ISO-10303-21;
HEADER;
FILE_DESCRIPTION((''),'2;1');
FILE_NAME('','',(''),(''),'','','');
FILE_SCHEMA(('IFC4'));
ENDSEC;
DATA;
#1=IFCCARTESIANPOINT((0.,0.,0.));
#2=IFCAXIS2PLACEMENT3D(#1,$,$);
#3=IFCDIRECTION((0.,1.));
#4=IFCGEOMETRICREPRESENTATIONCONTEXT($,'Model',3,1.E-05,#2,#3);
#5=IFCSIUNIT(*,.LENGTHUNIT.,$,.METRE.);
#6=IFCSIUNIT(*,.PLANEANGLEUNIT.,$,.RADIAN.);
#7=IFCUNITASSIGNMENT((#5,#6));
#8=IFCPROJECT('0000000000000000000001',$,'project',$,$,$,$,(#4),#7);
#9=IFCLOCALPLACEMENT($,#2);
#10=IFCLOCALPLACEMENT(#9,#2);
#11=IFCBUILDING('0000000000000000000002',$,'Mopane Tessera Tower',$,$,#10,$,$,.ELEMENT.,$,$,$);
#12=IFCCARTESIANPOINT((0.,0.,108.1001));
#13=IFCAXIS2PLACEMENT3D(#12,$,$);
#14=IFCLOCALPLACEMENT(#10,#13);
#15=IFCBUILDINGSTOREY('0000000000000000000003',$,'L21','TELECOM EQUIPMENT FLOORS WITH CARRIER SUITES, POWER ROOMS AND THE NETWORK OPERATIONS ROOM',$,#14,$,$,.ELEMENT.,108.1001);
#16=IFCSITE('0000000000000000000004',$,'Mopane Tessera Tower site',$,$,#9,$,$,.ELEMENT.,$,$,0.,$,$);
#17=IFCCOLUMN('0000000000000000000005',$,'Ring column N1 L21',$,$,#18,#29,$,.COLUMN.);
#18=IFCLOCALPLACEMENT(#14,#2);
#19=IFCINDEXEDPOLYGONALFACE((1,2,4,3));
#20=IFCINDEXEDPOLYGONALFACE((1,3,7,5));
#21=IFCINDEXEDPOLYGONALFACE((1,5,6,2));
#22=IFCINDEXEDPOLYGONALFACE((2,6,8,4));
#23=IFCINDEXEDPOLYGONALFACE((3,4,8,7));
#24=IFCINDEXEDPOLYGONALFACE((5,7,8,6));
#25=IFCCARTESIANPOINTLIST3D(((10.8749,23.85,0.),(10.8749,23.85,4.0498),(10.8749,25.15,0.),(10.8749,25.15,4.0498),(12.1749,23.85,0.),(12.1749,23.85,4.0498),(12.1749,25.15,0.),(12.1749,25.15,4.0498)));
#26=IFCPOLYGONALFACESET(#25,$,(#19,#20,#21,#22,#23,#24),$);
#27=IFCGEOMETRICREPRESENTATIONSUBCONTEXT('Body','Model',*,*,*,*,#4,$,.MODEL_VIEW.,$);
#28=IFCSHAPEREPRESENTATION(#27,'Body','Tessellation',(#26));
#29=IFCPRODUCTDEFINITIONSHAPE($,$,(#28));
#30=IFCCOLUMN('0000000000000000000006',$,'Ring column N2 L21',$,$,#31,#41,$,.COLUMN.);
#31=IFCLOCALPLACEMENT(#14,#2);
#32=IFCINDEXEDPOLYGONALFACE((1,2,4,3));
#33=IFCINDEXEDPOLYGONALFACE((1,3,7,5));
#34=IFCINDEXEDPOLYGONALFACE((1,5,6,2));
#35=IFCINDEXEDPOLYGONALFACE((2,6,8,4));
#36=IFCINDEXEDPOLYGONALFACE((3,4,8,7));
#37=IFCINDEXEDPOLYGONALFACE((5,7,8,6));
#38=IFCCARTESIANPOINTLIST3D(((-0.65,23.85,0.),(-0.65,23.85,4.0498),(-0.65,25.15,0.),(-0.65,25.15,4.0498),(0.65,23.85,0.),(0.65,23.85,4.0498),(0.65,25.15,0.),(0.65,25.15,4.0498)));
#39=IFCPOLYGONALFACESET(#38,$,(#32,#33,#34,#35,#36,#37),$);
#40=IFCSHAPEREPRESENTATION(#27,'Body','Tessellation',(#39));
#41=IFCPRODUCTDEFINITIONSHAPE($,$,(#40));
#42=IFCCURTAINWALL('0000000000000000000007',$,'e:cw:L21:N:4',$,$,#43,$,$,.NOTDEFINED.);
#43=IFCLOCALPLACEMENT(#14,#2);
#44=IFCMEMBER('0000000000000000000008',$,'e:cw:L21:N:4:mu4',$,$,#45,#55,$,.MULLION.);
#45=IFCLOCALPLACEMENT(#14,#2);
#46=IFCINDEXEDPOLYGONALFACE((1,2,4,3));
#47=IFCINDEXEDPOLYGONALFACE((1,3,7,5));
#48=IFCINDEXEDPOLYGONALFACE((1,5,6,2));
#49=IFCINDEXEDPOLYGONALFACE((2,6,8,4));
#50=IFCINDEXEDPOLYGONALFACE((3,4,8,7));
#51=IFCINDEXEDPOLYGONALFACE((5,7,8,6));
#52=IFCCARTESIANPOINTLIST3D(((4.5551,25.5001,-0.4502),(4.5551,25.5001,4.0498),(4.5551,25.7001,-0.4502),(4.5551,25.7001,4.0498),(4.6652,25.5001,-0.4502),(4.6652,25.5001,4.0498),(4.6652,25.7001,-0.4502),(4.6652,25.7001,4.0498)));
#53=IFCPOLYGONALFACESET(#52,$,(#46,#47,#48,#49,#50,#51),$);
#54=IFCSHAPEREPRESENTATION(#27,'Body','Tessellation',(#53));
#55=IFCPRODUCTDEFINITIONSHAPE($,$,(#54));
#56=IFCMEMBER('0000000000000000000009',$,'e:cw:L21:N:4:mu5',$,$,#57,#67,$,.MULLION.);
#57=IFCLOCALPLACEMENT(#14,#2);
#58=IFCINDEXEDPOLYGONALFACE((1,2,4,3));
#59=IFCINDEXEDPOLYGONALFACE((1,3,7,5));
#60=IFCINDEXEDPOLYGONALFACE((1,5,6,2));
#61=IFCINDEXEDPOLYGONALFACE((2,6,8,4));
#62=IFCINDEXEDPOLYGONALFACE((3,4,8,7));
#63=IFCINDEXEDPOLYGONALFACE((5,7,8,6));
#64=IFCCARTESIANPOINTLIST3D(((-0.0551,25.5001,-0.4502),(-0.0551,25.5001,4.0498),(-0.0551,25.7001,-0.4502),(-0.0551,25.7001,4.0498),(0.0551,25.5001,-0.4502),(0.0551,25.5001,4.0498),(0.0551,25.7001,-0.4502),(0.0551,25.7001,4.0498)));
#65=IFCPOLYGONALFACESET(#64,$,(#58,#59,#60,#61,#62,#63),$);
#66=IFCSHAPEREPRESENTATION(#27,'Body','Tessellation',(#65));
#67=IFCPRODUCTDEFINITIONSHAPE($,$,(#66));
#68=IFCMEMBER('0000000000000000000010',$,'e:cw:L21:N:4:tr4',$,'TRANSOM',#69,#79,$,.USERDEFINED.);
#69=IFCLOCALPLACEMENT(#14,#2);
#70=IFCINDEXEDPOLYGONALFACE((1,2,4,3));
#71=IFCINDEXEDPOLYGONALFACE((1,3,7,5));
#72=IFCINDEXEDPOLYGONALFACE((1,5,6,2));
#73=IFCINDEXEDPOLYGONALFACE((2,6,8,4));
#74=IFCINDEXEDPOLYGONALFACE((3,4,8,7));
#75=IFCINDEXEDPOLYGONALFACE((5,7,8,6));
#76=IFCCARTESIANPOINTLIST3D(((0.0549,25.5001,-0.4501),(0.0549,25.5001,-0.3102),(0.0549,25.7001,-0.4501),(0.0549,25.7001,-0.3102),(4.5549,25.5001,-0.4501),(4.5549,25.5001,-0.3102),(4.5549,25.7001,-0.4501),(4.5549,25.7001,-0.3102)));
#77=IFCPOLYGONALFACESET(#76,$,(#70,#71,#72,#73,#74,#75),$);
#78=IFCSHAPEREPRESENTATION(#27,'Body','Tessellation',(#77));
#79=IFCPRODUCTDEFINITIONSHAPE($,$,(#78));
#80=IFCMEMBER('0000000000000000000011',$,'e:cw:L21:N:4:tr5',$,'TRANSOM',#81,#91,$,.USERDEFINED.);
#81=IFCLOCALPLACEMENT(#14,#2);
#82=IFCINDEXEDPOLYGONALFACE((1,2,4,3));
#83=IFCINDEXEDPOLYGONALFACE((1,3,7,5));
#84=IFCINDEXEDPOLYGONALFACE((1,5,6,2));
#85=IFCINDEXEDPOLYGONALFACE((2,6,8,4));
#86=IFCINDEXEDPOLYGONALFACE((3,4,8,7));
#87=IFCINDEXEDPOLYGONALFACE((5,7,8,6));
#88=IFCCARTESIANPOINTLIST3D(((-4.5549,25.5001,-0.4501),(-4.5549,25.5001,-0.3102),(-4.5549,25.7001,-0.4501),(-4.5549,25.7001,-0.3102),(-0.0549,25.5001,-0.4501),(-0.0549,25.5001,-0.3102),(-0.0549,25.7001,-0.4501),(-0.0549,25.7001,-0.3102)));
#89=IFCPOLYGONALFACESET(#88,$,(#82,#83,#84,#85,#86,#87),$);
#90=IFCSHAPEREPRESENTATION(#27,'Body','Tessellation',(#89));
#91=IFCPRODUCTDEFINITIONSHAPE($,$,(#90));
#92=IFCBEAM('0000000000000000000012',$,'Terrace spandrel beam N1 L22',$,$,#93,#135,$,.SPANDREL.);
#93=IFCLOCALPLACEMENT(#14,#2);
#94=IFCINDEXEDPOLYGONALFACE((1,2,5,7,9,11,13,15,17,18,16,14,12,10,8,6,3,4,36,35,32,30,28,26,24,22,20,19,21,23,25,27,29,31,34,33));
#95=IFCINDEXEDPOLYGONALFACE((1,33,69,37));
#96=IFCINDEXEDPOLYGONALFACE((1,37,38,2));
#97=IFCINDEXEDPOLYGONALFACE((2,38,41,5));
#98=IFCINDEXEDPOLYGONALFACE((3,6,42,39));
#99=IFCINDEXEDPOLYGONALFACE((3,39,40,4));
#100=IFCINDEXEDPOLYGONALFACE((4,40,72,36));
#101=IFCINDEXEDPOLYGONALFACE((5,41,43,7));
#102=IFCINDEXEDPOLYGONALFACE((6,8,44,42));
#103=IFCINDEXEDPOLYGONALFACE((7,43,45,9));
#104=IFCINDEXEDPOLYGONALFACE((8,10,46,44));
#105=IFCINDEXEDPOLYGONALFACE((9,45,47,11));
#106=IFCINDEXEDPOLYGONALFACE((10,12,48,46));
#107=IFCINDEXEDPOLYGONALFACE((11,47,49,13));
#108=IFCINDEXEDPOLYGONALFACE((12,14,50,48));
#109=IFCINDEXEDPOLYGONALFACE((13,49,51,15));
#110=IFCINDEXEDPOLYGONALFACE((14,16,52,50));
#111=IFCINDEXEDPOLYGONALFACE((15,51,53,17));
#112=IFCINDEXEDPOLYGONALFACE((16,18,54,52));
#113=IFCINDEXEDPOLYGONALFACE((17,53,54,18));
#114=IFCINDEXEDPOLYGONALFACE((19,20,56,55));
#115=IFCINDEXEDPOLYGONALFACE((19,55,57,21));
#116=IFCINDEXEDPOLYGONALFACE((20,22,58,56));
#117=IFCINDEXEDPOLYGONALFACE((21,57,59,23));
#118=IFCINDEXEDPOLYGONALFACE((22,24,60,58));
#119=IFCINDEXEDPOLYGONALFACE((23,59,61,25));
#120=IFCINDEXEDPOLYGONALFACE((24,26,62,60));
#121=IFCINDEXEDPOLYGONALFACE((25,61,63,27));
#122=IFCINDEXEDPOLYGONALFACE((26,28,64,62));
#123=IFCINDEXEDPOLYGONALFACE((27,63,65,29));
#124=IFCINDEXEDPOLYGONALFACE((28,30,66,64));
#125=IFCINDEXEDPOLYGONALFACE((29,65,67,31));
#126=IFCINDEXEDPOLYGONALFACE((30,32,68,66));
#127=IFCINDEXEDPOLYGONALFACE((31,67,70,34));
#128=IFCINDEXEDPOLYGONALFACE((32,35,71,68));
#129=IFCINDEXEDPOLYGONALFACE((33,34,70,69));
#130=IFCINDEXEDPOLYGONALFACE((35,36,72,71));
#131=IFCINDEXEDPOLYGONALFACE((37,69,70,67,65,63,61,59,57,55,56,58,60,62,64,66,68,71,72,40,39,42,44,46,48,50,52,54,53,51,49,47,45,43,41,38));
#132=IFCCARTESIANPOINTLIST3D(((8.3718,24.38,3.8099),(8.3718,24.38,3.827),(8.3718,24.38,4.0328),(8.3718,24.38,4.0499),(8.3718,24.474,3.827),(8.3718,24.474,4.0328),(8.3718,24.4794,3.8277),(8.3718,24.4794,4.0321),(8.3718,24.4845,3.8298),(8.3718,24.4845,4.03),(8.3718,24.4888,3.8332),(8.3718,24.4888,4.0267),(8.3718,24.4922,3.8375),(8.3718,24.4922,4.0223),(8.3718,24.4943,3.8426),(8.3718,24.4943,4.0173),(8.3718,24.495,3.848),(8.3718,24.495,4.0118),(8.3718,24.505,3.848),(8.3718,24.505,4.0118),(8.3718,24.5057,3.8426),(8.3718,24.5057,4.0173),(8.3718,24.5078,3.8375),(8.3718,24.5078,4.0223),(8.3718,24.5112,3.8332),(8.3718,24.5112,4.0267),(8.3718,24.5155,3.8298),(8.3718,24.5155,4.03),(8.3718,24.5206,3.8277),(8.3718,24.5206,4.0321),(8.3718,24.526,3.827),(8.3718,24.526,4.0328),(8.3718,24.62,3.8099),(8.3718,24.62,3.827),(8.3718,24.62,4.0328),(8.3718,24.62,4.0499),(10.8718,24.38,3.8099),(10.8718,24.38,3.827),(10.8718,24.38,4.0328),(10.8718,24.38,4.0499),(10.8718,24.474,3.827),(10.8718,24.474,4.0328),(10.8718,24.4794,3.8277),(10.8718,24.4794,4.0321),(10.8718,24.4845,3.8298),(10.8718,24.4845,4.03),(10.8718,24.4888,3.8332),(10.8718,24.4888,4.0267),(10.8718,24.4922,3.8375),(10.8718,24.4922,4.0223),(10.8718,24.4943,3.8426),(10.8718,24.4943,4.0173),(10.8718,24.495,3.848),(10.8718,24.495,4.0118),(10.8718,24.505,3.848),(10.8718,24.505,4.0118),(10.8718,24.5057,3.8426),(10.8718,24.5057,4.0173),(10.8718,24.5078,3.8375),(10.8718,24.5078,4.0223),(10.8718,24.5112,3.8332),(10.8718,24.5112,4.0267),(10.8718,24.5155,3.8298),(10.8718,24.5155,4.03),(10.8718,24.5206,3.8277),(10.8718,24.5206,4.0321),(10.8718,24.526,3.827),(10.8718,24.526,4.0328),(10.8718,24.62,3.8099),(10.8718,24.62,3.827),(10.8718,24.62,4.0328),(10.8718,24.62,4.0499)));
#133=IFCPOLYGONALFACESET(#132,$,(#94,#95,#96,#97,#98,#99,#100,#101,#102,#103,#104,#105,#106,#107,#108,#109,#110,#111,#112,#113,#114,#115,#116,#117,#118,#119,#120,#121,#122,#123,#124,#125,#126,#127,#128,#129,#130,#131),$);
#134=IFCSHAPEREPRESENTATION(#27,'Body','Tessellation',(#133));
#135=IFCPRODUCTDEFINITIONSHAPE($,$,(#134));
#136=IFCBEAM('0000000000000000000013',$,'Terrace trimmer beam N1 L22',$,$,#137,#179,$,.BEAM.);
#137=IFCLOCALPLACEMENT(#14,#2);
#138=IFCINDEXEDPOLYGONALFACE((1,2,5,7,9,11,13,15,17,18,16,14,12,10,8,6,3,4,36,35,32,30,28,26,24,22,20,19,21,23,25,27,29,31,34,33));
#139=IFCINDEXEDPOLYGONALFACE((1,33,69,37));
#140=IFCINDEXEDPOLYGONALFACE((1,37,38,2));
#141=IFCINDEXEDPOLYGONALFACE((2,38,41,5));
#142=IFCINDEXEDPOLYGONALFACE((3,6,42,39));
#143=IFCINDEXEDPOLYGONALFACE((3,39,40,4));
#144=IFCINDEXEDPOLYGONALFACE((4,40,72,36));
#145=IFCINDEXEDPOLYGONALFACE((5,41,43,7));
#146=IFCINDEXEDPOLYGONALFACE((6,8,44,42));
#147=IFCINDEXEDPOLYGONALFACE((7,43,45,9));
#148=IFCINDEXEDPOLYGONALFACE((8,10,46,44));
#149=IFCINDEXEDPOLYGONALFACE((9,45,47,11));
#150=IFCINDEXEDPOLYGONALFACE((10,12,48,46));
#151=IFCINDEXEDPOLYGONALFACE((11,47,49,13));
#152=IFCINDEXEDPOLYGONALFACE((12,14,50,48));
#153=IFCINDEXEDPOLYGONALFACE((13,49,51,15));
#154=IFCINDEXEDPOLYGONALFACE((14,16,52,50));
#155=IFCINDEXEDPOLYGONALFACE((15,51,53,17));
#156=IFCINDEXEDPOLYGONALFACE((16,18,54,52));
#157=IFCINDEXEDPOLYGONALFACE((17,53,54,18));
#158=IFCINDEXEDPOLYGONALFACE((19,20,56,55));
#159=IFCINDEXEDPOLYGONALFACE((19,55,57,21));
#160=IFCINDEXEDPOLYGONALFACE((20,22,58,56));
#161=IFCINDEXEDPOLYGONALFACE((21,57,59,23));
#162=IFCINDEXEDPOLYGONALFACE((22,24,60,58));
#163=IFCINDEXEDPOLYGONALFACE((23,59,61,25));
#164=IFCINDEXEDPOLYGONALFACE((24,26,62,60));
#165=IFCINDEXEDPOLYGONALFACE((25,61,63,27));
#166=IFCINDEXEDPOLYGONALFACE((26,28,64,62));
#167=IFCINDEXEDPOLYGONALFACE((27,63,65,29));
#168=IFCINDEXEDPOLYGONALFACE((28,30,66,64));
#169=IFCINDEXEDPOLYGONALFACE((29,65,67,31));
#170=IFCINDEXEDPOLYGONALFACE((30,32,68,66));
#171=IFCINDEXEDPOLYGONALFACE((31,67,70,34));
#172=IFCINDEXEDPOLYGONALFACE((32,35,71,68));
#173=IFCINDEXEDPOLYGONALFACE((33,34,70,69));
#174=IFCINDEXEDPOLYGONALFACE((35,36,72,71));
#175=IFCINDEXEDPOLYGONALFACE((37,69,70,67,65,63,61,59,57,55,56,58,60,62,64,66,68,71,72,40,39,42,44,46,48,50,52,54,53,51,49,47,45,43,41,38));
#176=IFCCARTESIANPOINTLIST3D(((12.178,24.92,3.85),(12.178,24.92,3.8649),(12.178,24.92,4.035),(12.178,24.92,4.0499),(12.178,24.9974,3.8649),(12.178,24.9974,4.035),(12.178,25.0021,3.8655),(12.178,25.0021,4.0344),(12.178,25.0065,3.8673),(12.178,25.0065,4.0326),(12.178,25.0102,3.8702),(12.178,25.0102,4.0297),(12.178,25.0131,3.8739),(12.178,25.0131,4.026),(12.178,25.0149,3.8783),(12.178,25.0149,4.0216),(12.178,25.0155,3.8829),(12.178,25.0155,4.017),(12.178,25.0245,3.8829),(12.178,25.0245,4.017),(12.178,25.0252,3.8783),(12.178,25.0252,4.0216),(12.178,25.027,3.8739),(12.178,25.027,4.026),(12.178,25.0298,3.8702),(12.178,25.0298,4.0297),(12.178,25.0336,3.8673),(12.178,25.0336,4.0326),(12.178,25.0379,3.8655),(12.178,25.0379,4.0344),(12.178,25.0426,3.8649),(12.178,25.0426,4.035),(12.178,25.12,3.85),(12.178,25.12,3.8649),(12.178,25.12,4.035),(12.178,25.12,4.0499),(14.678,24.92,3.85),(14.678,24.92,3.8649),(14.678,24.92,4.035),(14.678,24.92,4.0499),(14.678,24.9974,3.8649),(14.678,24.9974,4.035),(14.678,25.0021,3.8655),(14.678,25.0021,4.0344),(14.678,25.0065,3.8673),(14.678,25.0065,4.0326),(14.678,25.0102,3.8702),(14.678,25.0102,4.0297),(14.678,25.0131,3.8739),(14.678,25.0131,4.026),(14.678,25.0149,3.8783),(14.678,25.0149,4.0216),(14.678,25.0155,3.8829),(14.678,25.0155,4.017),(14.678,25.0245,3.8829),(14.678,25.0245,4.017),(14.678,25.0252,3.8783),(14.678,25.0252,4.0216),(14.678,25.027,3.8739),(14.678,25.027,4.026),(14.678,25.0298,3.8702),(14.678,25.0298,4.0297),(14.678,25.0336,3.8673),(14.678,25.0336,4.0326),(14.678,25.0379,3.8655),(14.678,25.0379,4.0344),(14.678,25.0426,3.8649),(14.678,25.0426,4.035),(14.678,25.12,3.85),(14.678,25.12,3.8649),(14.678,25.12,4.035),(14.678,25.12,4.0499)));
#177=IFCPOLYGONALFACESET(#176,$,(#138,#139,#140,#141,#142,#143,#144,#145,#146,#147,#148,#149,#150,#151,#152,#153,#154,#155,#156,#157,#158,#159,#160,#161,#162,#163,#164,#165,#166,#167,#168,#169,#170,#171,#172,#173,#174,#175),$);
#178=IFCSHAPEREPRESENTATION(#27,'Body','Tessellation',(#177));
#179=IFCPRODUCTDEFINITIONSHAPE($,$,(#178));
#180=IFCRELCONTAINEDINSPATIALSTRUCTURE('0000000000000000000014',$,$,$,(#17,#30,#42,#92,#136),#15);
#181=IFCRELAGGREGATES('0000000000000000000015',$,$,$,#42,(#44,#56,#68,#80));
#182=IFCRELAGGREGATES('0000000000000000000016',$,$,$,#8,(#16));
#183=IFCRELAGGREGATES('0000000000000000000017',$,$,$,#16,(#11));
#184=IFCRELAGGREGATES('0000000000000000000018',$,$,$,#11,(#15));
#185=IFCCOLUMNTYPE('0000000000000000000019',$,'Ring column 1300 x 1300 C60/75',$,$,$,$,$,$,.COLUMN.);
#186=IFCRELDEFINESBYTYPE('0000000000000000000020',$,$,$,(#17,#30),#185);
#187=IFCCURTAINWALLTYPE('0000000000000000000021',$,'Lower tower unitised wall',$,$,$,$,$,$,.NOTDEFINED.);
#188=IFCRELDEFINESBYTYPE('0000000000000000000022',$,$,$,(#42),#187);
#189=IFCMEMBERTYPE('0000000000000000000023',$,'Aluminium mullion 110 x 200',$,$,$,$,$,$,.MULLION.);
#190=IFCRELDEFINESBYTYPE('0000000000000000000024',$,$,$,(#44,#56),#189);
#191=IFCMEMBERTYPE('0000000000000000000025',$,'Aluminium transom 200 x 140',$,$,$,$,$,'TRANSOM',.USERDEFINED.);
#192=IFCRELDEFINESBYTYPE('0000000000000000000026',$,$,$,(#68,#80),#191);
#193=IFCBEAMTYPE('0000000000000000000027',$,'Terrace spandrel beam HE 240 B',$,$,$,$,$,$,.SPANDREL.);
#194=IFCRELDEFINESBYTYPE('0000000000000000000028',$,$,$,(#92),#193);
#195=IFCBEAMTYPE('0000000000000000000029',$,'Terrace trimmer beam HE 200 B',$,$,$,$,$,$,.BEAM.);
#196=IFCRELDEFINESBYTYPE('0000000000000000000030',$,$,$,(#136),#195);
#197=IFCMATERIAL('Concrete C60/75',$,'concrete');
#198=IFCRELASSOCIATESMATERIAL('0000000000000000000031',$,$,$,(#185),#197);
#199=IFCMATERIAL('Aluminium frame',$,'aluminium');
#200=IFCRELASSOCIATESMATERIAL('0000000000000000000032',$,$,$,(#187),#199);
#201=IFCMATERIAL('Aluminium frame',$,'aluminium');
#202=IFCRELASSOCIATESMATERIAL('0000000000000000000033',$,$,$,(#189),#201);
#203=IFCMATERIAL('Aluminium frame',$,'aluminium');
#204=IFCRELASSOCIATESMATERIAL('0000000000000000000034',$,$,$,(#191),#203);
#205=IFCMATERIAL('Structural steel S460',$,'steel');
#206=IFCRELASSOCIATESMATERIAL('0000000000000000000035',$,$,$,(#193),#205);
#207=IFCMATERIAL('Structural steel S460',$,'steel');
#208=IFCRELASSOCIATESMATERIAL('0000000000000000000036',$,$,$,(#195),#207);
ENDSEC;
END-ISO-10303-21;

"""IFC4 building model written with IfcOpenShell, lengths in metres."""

from ifc_helpers import new_model, si_unit, direction, frame, origin, origin_2d, place, context, subcontext, project, spatial, rectangle, i_section, extrude, material, material_profile, profile_set, type_object, element, aggregate, save


model = new_model("IFC4")

# Units and contexts
model_context = context("Model", 3, precision=1e-05, world=origin(), true_north=direction((0.0, 1.0)))
body_context = subcontext(model_context, "Body", "Model", "MODEL_VIEW")
ifc_project = project(units=[si_unit("LENGTHUNIT", "METRE"), si_unit("PLANEANGLEUNIT", "RADIAN")], contexts=[model_context])

# Site, building, storey
site_placement = place(None, origin())
site = spatial("IfcSite", under=ifc_project, at=site_placement, Name="Mopane Tessera Tower site", CompositionType="ELEMENT", RefElevation=0.0)
building_placement = place(site_placement, origin())
building = spatial("IfcBuilding", under=site, at=building_placement, Name="Mopane Tessera Tower", CompositionType="ELEMENT")
storey_placement = place(building_placement, frame((0.0, 0.0, 108.1001)))
storey = spatial("IfcBuildingStorey", under=building, at=storey_placement, Name="L21", Description="TELECOM EQUIPMENT FLOORS WITH CARRIER SUITES, POWER ROOMS AND THE NETWORK OPERATIONS ROOM", CompositionType="ELEMENT", Elevation=108.1001)

# Columns
ifc_material_1 = material(Name="Concrete C60/75", Category="concrete")
ifc_material_profile_1 = material_profile(ifc_material_1, rectangle(XDim=1.3, YDim=1.3, at=origin_2d()))
ifc_profile_set_1 = profile_set([ifc_material_profile_1], Name="Concrete C60/75")
column_type = type_object("IfcColumnType", Name="Ring column 1300 x 1300 C60/75", PredefinedType="COLUMN", material=ifc_profile_set_1)
for number, where, z_axis, x_axis, name in (
    (1, (11.5249, 24.5, 0.0), (0.0, 0.0, 1.0), (1.0, 0.0, 0.0), "Ring column N1 L21"),
    (2, (0.0, 24.5, 0.0), (0.0, 0.0, 1.0), (1.0, 0.0, 0.0), "Ring column N2 L21"),
):
    element("IfcColumn", number, at=place(storey_placement, frame(where, z_axis=z_axis, x_axis=x_axis)), inside=storey, type_object=column_type, Name=name, PredefinedType="COLUMN", context=body_context, shape_type="SweptSolid", body=[
        extrude(rectangle(XDim=1.3, YDim=1.3, at=origin_2d()), origin(), (0.0, 0.0, 1.0), 4.0498),
    ])

# Curtain wall, members
ifc_material_2 = material(Name="Aluminium frame", Category="aluminium")
curtain_wall_type = type_object("IfcCurtainWallType", Name="Lower tower unitised wall", PredefinedType="NOTDEFINED", material=ifc_material_2)
curtain_wall_placement = place(storey_placement, origin())
curtain_wall = element("IfcCurtainWall", 3, at=curtain_wall_placement, inside=storey, type_object=curtain_wall_type, Name="e:cw:L21:N:4", PredefinedType="NOTDEFINED")
ifc_material_3 = material(Name="Aluminium frame", Category="aluminium")
ifc_material_profile_2 = material_profile(ifc_material_3, rectangle(XDim=0.1101, YDim=0.2, at=origin_2d()))
ifc_profile_set_2 = profile_set([ifc_material_profile_2], Name="Aluminium frame")
member_type_1 = type_object("IfcMemberType", Name="Aluminium mullion 110 x 200", PredefinedType="MULLION", material=ifc_profile_set_2)
member_1_placement = place(storey_placement, frame((4.6101, 25.6001, -0.4502), z_axis=(0.0, 0.0, 1.0), x_axis=(-1.0, 0.0, 0.0)))
member_1 = element("IfcMember", 4, at=member_1_placement, type_object=member_type_1, Name="e:cw:L21:N:4:mu4", PredefinedType="MULLION", context=body_context, shape_type="SweptSolid", body=[
    extrude(rectangle(XDim=0.1101, YDim=0.2, at=origin_2d()), origin(), (0.0, 0.0, 1.0), 4.5),
])
member_2_placement = place(storey_placement, frame((0.0, 25.6001, -0.4502), z_axis=(0.0, 0.0, 1.0), x_axis=(-1.0, 0.0, 0.0)))
member_2 = element("IfcMember", 5, at=member_2_placement, type_object=member_type_1, Name="e:cw:L21:N:4:mu5", PredefinedType="MULLION", context=body_context, shape_type="SweptSolid", body=[
    extrude(rectangle(XDim=0.1101, YDim=0.2, at=origin_2d()), origin(), (0.0, 0.0, 1.0), 4.5),
])
ifc_material_4 = material(Name="Aluminium frame", Category="aluminium")
ifc_material_profile_3 = material_profile(ifc_material_4, rectangle(XDim=0.2, YDim=0.1399, at=origin_2d()))
ifc_profile_set_3 = profile_set([ifc_material_profile_3], Name="Aluminium frame")
member_type_2 = type_object("IfcMemberType", Name="Aluminium transom 200 x 140", ElementType="TRANSOM", PredefinedType="USERDEFINED", material=ifc_profile_set_3)
member_3_placement = place(storey_placement, frame((4.5549, 25.6001, -0.3801), z_axis=(-1.0, 0.0, 0.0), x_axis=(0.0, -1.0, 0.0)))
member_3 = element("IfcMember", 6, at=member_3_placement, type_object=member_type_2, Name="e:cw:L21:N:4:tr4", ObjectType="TRANSOM", PredefinedType="USERDEFINED", context=body_context, shape_type="SweptSolid", body=[
    extrude(rectangle(XDim=0.2, YDim=0.1399, at=origin_2d()), origin(), (0.0, 0.0, 1.0), 4.5),
])
member_4_placement = place(storey_placement, frame((-0.0549, 25.6001, -0.3801), z_axis=(-1.0, 0.0, 0.0), x_axis=(0.0, -1.0, 0.0)))
member_4 = element("IfcMember", 7, at=member_4_placement, type_object=member_type_2, Name="e:cw:L21:N:4:tr5", ObjectType="TRANSOM", PredefinedType="USERDEFINED", context=body_context, shape_type="SweptSolid", body=[
    extrude(rectangle(XDim=0.2, YDim=0.1399, at=origin_2d()), origin(), (0.0, 0.0, 1.0), 4.5),
])

# Beams
ifc_material_5 = material(Name="Structural steel S460", Category="steel")
ifc_material_profile_4 = material_profile(ifc_material_5, i_section(OverallWidth=0.24, OverallDepth=0.24, WebThickness=0.01, FlangeThickness=0.0171, FilletRadius=0.021, at=origin_2d()))
ifc_profile_set_4 = profile_set([ifc_material_profile_4], Name="Structural steel S460")
beam_type_1 = type_object("IfcBeamType", Name="Terrace spandrel beam HE 240 B", PredefinedType="SPANDREL", material=ifc_profile_set_4)
beam_1_placement = place(storey_placement, frame((10.8718, 24.5, 3.9299), z_axis=(-1.0, 0.0, 0.0), x_axis=(0.0, -1.0, 0.0)))
element("IfcBeam", 8, at=beam_1_placement, inside=storey, type_object=beam_type_1, Name="Terrace spandrel beam N1 L22", PredefinedType="SPANDREL", context=body_context, shape_type="SweptSolid", body=[
    extrude(i_section(OverallWidth=0.24, OverallDepth=0.24, WebThickness=0.01, FlangeThickness=0.0171, FilletRadius=0.021, at=origin_2d()), origin(), (0.0, 0.0, 1.0), 2.5),
])
ifc_material_6 = material(Name="Structural steel S460", Category="steel")
ifc_material_profile_5 = material_profile(ifc_material_6, i_section(OverallWidth=0.2, OverallDepth=0.2, WebThickness=0.009, FlangeThickness=0.0149, FilletRadius=0.0181, at=origin_2d()))
ifc_profile_set_5 = profile_set([ifc_material_profile_5], Name="Structural steel S460")
beam_type_2 = type_object("IfcBeamType", Name="Terrace trimmer beam HE 200 B", PredefinedType="BEAM", material=ifc_profile_set_5)
beam_2_placement = place(storey_placement, frame((12.178, 25.02, 3.95), z_axis=(1.0, 0.0, 0.0), x_axis=(0.0, 1.0, 0.0)))
element("IfcBeam", 9, at=beam_2_placement, inside=storey, type_object=beam_type_2, Name="Terrace trimmer beam N1 L22", PredefinedType="BEAM", context=body_context, shape_type="SweptSolid", body=[
    extrude(i_section(OverallWidth=0.2, OverallDepth=0.2, WebThickness=0.009, FlangeThickness=0.0149, FilletRadius=0.0181, at=origin_2d()), origin(), (0.0, 0.0, 1.0), 2.5),
])

aggregate(curtain_wall, [member_1, member_2, member_3, member_4])

save(model, "model.ifc")
